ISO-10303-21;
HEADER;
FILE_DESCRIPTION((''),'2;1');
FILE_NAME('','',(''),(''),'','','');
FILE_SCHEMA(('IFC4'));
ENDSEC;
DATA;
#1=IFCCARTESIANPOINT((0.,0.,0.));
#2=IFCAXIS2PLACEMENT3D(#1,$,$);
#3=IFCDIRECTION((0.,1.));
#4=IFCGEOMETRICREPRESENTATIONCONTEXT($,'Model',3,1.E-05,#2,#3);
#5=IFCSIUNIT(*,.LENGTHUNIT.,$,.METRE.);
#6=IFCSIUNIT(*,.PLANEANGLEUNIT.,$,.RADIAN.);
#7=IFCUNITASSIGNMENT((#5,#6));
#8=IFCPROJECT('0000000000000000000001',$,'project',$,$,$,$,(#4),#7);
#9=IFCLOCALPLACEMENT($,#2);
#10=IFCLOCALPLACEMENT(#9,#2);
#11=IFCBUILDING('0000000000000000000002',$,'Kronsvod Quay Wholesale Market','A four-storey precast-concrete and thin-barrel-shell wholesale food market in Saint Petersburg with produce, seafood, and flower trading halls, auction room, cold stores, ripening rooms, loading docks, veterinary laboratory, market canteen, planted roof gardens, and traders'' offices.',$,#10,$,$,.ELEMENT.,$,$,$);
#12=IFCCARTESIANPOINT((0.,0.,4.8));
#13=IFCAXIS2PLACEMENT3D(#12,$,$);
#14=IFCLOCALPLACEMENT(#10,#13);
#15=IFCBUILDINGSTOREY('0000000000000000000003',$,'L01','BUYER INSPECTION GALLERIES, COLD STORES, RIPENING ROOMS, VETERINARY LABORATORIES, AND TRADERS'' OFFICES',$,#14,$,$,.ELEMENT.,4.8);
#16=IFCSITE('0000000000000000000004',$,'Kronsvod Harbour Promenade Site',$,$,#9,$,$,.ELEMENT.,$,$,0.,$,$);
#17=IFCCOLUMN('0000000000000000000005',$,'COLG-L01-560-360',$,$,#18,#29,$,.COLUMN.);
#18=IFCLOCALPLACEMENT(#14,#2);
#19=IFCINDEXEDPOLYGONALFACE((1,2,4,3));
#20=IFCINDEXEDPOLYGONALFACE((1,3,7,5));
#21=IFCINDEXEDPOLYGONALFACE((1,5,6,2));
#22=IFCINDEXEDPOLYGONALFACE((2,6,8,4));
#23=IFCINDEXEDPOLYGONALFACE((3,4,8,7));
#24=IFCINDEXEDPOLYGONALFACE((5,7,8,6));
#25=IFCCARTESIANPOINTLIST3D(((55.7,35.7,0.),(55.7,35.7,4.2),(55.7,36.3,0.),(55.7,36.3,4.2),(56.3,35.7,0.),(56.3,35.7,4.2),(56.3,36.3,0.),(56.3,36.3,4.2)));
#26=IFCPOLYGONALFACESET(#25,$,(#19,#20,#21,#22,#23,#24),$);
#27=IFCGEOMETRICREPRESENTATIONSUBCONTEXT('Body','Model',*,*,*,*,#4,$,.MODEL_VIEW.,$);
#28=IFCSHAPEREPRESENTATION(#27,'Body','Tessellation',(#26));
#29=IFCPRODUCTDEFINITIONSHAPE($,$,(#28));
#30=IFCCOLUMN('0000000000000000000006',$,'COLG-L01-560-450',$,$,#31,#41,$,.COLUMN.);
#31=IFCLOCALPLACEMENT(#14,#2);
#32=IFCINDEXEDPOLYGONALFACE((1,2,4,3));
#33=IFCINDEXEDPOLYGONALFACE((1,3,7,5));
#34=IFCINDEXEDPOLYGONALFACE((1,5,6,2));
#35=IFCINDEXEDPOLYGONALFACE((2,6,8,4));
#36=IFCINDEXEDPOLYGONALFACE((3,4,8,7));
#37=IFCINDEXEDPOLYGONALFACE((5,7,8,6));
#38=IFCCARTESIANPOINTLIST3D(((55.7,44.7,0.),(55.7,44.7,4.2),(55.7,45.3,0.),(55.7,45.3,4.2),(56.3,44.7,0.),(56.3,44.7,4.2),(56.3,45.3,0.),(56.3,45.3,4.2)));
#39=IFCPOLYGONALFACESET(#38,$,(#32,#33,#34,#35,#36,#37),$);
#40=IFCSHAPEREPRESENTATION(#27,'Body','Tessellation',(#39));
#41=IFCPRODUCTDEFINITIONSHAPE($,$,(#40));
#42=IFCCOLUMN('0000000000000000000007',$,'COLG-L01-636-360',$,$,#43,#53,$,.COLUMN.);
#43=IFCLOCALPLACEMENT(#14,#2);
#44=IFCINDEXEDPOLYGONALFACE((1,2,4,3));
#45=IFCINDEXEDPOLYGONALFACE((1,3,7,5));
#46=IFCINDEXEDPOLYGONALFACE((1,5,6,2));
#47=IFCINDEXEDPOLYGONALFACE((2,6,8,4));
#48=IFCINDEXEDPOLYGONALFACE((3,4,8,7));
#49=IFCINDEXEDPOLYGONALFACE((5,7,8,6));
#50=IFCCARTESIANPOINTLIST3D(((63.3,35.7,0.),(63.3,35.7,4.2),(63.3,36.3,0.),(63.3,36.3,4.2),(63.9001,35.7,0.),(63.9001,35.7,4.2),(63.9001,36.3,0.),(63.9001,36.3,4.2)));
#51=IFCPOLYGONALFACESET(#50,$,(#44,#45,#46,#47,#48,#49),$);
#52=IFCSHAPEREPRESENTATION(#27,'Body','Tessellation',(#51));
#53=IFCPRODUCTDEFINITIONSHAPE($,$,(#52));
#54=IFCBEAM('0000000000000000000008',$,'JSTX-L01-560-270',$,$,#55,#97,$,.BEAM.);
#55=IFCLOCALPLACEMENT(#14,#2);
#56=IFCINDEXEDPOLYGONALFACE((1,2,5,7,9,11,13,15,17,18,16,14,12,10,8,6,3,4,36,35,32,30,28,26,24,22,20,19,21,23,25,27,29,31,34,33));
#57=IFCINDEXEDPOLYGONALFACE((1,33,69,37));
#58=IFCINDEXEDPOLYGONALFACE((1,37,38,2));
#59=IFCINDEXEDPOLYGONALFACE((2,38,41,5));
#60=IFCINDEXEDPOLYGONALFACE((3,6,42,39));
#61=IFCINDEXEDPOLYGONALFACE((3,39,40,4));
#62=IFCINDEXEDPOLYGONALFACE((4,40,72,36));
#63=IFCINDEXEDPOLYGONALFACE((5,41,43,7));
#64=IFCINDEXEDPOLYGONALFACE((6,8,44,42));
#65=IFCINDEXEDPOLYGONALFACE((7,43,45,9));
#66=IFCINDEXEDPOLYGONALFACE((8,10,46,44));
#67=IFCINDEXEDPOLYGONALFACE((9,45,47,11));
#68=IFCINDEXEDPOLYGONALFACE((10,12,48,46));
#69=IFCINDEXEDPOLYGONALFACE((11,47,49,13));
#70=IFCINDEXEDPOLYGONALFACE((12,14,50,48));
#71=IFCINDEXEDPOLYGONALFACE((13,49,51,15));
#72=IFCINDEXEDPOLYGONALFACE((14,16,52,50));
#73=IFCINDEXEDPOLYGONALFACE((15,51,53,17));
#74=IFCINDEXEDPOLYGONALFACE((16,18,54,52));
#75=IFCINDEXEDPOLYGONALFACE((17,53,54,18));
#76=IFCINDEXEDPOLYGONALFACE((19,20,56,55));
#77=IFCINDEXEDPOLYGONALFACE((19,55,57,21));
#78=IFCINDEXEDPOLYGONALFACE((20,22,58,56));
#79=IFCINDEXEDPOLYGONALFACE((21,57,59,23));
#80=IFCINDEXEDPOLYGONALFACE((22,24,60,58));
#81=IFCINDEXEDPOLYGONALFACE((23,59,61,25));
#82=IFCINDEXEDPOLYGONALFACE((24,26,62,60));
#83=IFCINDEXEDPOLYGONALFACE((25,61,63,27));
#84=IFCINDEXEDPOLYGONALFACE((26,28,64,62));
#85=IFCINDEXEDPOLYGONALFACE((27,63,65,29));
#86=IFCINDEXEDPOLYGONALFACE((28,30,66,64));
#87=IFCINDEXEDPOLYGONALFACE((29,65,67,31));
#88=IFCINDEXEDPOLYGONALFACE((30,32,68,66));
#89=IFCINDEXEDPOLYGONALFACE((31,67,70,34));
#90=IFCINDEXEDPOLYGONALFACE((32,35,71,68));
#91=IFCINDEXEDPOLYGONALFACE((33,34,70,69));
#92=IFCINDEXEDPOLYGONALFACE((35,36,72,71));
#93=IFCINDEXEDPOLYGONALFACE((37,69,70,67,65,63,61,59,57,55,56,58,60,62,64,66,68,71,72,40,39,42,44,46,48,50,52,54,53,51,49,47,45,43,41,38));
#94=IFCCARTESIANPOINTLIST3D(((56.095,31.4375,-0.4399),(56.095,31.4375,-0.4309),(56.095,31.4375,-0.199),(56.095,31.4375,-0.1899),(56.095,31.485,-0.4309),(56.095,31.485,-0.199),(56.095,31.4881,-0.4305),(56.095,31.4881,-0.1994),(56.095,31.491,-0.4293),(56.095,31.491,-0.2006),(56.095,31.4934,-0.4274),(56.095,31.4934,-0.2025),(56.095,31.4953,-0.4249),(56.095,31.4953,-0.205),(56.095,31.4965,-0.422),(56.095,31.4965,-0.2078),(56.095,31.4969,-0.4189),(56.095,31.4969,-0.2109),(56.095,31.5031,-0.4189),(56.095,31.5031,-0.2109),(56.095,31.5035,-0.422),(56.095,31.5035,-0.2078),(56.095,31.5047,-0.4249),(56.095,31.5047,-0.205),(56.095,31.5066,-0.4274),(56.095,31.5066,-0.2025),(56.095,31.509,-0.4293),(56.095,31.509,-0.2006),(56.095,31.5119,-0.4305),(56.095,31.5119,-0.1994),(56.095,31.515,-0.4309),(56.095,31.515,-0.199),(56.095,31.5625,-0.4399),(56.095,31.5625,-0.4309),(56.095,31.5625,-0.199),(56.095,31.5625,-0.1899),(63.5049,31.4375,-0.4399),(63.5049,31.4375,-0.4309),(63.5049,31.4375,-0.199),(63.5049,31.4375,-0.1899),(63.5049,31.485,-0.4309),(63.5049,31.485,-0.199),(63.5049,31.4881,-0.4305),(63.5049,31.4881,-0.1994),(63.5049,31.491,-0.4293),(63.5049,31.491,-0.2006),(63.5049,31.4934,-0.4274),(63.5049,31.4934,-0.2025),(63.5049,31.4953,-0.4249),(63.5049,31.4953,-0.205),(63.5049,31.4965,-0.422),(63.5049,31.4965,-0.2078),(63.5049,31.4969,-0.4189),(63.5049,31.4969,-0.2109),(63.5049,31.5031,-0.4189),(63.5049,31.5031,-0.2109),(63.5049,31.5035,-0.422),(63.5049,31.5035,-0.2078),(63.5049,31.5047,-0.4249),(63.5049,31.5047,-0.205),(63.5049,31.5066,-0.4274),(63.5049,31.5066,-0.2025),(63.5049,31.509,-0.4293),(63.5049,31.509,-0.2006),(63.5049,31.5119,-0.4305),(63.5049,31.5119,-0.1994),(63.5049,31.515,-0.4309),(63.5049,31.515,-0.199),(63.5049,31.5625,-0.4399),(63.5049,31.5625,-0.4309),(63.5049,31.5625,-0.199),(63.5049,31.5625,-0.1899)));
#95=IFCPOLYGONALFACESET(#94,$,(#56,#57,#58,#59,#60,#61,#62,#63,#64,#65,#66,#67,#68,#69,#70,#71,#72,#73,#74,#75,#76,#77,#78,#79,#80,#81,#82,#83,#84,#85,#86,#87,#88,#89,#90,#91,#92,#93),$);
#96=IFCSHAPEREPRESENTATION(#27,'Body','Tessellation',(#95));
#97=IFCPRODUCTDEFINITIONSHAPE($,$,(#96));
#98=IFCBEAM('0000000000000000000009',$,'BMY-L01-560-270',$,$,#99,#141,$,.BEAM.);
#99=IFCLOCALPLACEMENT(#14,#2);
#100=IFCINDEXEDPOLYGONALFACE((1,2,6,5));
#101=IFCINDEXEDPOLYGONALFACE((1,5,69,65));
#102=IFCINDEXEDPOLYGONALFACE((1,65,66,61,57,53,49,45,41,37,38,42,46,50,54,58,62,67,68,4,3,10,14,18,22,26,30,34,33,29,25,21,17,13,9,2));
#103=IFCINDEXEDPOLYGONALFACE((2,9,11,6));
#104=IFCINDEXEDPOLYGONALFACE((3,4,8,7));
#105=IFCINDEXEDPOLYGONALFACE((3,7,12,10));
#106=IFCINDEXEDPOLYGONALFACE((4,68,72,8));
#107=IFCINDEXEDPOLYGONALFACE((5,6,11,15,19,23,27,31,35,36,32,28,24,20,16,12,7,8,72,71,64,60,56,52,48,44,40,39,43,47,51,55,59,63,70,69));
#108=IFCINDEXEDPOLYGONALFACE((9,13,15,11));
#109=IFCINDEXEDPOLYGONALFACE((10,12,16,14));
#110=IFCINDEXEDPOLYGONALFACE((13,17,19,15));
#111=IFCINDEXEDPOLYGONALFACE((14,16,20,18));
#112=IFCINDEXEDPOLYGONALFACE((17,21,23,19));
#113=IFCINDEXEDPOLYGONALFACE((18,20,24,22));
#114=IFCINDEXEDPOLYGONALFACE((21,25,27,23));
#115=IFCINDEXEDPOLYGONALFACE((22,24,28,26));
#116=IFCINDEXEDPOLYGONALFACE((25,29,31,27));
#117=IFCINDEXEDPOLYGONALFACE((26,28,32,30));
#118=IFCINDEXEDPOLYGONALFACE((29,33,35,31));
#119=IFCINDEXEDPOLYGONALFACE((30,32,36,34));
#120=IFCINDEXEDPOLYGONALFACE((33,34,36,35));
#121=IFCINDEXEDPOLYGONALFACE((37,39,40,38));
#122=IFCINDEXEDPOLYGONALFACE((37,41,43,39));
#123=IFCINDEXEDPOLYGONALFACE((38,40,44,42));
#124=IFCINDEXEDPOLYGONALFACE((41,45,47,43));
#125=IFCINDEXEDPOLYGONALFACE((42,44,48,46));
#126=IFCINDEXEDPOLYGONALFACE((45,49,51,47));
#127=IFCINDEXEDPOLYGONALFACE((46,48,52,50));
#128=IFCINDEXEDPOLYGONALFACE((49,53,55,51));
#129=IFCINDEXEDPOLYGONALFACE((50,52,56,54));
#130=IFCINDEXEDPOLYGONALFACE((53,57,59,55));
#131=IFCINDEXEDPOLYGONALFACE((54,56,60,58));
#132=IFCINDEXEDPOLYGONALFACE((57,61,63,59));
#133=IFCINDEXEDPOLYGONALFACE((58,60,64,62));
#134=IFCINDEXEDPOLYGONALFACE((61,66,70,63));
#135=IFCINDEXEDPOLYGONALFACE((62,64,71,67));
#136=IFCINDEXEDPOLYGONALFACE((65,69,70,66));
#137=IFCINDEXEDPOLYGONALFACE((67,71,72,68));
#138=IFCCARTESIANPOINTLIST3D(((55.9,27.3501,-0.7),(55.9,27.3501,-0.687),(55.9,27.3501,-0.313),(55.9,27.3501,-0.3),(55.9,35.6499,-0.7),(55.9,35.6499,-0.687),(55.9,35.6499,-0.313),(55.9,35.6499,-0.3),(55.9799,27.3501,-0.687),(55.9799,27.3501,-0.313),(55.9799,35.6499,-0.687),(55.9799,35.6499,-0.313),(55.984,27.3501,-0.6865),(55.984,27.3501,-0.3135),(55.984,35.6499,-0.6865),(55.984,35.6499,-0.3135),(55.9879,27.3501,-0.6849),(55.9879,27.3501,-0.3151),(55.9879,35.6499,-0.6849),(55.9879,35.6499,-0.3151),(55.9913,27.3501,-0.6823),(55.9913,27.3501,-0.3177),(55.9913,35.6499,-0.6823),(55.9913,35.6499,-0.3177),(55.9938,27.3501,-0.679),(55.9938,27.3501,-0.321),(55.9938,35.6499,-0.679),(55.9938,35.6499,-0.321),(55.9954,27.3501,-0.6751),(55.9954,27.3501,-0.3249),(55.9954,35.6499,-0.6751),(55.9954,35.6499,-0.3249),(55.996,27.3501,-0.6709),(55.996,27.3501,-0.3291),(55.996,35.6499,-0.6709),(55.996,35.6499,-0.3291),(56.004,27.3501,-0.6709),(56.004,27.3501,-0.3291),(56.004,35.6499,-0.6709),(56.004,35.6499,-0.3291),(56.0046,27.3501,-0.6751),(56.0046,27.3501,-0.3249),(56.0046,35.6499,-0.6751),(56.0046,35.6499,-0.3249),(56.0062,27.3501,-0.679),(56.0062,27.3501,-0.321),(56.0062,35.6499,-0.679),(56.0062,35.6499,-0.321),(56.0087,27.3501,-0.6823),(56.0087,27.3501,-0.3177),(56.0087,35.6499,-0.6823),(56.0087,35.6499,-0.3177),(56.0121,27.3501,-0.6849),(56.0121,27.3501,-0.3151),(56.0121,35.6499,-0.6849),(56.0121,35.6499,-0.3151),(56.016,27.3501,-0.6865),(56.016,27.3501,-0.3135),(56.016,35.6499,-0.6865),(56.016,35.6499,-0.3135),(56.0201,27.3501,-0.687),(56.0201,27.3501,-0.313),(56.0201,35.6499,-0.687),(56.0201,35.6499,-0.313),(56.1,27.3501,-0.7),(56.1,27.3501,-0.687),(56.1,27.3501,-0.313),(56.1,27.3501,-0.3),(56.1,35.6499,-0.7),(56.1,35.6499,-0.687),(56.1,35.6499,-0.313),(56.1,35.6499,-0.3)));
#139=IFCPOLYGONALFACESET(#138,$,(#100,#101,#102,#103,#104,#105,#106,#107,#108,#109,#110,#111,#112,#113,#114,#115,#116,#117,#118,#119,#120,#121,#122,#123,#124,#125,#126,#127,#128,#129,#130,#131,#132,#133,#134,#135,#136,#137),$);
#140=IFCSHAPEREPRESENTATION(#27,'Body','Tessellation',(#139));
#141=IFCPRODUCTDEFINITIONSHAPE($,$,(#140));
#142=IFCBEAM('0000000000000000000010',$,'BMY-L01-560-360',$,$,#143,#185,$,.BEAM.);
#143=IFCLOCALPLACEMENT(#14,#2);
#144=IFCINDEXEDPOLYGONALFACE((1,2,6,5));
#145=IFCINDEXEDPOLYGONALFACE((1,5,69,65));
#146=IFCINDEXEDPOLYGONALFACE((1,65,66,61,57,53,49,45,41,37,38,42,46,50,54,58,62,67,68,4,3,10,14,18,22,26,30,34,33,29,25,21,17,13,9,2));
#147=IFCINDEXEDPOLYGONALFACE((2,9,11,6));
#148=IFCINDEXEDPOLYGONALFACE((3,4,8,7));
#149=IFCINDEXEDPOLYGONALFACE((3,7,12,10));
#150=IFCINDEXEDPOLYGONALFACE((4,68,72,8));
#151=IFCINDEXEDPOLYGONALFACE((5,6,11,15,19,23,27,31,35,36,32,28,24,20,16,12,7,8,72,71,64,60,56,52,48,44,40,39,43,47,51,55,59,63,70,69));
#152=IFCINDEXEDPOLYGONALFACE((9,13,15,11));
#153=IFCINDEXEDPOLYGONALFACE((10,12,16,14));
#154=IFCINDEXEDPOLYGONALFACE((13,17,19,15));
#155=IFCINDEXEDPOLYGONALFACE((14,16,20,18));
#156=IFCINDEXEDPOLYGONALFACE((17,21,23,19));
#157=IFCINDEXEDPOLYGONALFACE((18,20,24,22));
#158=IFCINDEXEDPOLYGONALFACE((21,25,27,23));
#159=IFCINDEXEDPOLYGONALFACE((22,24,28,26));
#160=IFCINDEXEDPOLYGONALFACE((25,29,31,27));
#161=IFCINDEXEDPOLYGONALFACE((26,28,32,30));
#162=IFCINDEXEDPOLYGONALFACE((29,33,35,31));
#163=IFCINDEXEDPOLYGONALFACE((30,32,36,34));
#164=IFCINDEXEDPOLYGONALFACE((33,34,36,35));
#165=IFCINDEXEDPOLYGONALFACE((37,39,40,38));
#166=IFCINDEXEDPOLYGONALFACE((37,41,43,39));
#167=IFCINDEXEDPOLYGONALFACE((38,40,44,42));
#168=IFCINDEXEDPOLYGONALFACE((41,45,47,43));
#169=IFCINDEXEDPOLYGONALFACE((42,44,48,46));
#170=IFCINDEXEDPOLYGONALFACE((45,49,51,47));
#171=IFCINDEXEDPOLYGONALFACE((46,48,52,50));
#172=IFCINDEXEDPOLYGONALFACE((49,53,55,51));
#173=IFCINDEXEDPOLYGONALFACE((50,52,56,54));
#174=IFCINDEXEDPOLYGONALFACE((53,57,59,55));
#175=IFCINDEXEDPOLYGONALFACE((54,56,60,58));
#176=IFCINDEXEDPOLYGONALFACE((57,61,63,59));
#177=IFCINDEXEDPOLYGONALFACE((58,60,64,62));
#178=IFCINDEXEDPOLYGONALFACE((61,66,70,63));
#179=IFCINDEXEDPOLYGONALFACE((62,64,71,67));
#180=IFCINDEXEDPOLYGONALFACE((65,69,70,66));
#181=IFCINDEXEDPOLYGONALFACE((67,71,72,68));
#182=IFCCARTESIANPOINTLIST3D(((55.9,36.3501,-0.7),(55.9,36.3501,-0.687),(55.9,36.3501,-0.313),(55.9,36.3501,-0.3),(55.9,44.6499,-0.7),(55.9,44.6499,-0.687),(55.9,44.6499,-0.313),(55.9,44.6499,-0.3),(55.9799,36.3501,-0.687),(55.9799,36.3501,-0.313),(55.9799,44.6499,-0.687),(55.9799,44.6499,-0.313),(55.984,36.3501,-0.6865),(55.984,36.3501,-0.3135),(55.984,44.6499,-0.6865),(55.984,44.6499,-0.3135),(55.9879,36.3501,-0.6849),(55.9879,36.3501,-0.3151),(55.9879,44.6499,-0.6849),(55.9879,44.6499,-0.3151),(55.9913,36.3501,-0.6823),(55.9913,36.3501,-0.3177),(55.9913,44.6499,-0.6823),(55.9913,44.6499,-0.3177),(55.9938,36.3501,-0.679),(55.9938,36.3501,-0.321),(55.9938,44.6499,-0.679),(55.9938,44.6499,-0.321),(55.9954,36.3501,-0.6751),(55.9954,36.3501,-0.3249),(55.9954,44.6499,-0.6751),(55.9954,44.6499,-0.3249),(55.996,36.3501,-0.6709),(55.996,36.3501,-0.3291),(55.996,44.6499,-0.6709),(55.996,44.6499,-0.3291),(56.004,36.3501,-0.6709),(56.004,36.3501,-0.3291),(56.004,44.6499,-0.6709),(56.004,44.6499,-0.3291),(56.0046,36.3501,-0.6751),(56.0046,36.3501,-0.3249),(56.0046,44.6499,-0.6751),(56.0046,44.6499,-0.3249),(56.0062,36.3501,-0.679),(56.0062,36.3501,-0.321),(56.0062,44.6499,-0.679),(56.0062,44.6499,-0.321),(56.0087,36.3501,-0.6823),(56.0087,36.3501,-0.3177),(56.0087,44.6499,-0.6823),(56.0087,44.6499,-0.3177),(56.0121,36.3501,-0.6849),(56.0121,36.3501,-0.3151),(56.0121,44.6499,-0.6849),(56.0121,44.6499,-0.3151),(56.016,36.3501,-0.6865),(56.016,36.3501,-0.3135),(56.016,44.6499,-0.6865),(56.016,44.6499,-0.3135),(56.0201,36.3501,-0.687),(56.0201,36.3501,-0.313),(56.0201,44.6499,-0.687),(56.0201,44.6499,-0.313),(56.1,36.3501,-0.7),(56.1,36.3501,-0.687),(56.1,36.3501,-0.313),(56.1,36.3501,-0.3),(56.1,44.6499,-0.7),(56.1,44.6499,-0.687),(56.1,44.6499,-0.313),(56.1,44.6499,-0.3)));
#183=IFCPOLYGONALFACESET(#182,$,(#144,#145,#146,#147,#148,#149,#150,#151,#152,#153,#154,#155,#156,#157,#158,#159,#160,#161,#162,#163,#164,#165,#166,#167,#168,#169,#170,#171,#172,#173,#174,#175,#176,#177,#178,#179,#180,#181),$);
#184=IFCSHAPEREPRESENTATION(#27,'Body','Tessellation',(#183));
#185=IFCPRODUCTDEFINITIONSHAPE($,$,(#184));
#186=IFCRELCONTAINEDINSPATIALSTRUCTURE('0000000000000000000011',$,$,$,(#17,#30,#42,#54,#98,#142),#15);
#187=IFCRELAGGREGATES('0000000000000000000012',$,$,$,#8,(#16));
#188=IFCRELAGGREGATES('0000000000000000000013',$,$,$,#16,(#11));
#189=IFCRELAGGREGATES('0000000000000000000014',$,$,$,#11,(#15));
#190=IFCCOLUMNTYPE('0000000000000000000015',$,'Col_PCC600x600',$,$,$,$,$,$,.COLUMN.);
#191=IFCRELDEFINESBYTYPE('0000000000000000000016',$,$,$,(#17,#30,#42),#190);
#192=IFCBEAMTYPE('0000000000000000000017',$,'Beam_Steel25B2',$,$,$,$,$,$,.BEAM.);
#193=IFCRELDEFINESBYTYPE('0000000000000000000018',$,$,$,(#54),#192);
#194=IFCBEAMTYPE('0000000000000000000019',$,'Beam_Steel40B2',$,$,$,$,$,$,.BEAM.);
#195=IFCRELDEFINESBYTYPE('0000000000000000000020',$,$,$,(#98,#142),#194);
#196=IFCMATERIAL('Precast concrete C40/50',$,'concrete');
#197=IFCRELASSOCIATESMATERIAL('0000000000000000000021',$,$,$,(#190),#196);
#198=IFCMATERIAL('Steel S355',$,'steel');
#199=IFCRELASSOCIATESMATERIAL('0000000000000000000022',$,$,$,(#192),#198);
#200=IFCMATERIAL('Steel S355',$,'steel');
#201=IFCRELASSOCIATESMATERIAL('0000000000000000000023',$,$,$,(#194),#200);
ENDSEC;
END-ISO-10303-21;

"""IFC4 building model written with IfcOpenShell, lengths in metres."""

from ifc_helpers import new_model, si_unit, direction, frame, origin, origin_2d, place, context, subcontext, project, spatial, rectangle, i_section, extrude, material, material_profile, profile_set, type_object, element, save


model = new_model("IFC4")

# Units and contexts
model_context = context("Model", 3, precision=1e-05, world=origin(), true_north=direction((0.0, 1.0)))
body_context = subcontext(model_context, "Body", "Model", "MODEL_VIEW")
ifc_project = project(units=[si_unit("LENGTHUNIT", "METRE"), si_unit("PLANEANGLEUNIT", "RADIAN")], contexts=[model_context])

# Site, building, storey
site_placement = place(None, origin())
site = spatial("IfcSite", under=ifc_project, at=site_placement, Name="Kronsvod Harbour Promenade Site", CompositionType="ELEMENT", RefElevation=0.0)
building_placement = place(site_placement, origin())
building = spatial("IfcBuilding", under=site, at=building_placement, Name="Kronsvod Quay Wholesale Market", Description="A four-storey precast-concrete and thin-barrel-shell wholesale food market in Saint Petersburg with produce, seafood, and flower trading halls, auction room, cold stores, ripening rooms, loading docks, veterinary laboratory, market canteen, planted roof gardens, and traders' offices.", CompositionType="ELEMENT")
storey_placement = place(building_placement, frame((0.0, 0.0, 4.8)))
storey = spatial("IfcBuildingStorey", under=building, at=storey_placement, Name="L01", Description="BUYER INSPECTION GALLERIES, COLD STORES, RIPENING ROOMS, VETERINARY LABORATORIES, AND TRADERS' OFFICES", CompositionType="ELEMENT", Elevation=4.8)

# Columns
ifc_material_1 = material(Name="Precast concrete C40/50", Category="concrete")
ifc_material_profile_1 = material_profile(ifc_material_1, rectangle(XDim=0.6001, YDim=0.6001, at=origin_2d()), Name="PCC600x600")
ifc_profile_set_1 = profile_set([ifc_material_profile_1], Name="Precast concrete C40/50")
column_type = type_object("IfcColumnType", Name="Col_PCC600x600", PredefinedType="COLUMN", material=ifc_profile_set_1)
for number, where, z_axis, x_axis, name in (
    (1, (56.0, 36.0, 0.0), (0.0, 0.0, 1.0), (1.0, 0.0, 0.0), "COLG-L01-560-360"),
    (2, (56.0, 45.0, 0.0), (0.0, 0.0, 1.0), (1.0, 0.0, 0.0), "COLG-L01-560-450"),
    (3, (63.6001, 36.0, 0.0), (0.0, 0.0, 1.0), (1.0, 0.0, 0.0), "COLG-L01-636-360"),
):
    element("IfcColumn", number, at=place(storey_placement, frame(where, z_axis=z_axis, x_axis=x_axis)), inside=storey, type_object=column_type, Name=name, PredefinedType="COLUMN", context=body_context, shape_type="SweptSolid", body=[
        extrude(rectangle(XDim=0.6001, YDim=0.6001, at=origin_2d()), origin(), (0.0, 0.0, 1.0), 4.2),
    ])

# Beams
ifc_material_2 = material(Name="Steel S355", Category="steel")
ifc_material_profile_2 = material_profile(ifc_material_2, i_section(OverallWidth=0.125, OverallDepth=0.25, WebThickness=0.0061, FlangeThickness=0.009, FilletRadius=0.012, at=origin_2d()), Name="25B2")
ifc_profile_set_2 = profile_set([ifc_material_profile_2], Name="Steel S355")
beam_type_1 = type_object("IfcBeamType", Name="Beam_Steel25B2", PredefinedType="BEAM", material=ifc_profile_set_2)
beam_1_placement = place(storey_placement, frame((56.095, 31.5, -0.3149), z_axis=(1.0, 0.0, 0.0), x_axis=(0.0, 1.0, 0.0)))
element("IfcBeam", 4, at=beam_1_placement, inside=storey, type_object=beam_type_1, Name="JSTX-L01-560-270", PredefinedType="BEAM", context=body_context, shape_type="SweptSolid", body=[
    extrude(i_section(OverallWidth=0.125, OverallDepth=0.25, WebThickness=0.0061, FlangeThickness=0.009, FilletRadius=0.012, at=origin_2d()), origin(), (0.0, 0.0, 1.0), 7.4099),
])
ifc_material_3 = material(Name="Steel S355", Category="steel")
ifc_material_profile_3 = material_profile(ifc_material_3, i_section(OverallWidth=0.2, OverallDepth=0.3999, WebThickness=0.0081, FlangeThickness=0.0129, FilletRadius=0.0161, at=origin_2d()), Name="40B2")
ifc_profile_set_3 = profile_set([ifc_material_profile_3], Name="Steel S355")
beam_type_2 = type_object("IfcBeamType", Name="Beam_Steel40B2", PredefinedType="BEAM", material=ifc_profile_set_3)
for number, where, z_axis, x_axis, name in (
    (5, (56.0, 27.3501, -0.5), (0.0, 1.0, 0.0), (-1.0, 0.0, 0.0), "BMY-L01-560-270"),
    (6, (56.0, 36.3501, -0.5), (0.0, 1.0, 0.0), (-1.0, 0.0, 0.0), "BMY-L01-560-360"),
):
    element("IfcBeam", number, at=place(storey_placement, frame(where, z_axis=z_axis, x_axis=x_axis)), inside=storey, type_object=beam_type_2, Name=name, PredefinedType="BEAM", context=body_context, shape_type="SweptSolid", body=[
        extrude(i_section(OverallWidth=0.2, OverallDepth=0.3999, WebThickness=0.0081, FlangeThickness=0.0129, FilletRadius=0.0161, at=origin_2d()), origin(), (0.0, 0.0, 1.0), 8.2998),
    ])

save(model, "model.ifc")
